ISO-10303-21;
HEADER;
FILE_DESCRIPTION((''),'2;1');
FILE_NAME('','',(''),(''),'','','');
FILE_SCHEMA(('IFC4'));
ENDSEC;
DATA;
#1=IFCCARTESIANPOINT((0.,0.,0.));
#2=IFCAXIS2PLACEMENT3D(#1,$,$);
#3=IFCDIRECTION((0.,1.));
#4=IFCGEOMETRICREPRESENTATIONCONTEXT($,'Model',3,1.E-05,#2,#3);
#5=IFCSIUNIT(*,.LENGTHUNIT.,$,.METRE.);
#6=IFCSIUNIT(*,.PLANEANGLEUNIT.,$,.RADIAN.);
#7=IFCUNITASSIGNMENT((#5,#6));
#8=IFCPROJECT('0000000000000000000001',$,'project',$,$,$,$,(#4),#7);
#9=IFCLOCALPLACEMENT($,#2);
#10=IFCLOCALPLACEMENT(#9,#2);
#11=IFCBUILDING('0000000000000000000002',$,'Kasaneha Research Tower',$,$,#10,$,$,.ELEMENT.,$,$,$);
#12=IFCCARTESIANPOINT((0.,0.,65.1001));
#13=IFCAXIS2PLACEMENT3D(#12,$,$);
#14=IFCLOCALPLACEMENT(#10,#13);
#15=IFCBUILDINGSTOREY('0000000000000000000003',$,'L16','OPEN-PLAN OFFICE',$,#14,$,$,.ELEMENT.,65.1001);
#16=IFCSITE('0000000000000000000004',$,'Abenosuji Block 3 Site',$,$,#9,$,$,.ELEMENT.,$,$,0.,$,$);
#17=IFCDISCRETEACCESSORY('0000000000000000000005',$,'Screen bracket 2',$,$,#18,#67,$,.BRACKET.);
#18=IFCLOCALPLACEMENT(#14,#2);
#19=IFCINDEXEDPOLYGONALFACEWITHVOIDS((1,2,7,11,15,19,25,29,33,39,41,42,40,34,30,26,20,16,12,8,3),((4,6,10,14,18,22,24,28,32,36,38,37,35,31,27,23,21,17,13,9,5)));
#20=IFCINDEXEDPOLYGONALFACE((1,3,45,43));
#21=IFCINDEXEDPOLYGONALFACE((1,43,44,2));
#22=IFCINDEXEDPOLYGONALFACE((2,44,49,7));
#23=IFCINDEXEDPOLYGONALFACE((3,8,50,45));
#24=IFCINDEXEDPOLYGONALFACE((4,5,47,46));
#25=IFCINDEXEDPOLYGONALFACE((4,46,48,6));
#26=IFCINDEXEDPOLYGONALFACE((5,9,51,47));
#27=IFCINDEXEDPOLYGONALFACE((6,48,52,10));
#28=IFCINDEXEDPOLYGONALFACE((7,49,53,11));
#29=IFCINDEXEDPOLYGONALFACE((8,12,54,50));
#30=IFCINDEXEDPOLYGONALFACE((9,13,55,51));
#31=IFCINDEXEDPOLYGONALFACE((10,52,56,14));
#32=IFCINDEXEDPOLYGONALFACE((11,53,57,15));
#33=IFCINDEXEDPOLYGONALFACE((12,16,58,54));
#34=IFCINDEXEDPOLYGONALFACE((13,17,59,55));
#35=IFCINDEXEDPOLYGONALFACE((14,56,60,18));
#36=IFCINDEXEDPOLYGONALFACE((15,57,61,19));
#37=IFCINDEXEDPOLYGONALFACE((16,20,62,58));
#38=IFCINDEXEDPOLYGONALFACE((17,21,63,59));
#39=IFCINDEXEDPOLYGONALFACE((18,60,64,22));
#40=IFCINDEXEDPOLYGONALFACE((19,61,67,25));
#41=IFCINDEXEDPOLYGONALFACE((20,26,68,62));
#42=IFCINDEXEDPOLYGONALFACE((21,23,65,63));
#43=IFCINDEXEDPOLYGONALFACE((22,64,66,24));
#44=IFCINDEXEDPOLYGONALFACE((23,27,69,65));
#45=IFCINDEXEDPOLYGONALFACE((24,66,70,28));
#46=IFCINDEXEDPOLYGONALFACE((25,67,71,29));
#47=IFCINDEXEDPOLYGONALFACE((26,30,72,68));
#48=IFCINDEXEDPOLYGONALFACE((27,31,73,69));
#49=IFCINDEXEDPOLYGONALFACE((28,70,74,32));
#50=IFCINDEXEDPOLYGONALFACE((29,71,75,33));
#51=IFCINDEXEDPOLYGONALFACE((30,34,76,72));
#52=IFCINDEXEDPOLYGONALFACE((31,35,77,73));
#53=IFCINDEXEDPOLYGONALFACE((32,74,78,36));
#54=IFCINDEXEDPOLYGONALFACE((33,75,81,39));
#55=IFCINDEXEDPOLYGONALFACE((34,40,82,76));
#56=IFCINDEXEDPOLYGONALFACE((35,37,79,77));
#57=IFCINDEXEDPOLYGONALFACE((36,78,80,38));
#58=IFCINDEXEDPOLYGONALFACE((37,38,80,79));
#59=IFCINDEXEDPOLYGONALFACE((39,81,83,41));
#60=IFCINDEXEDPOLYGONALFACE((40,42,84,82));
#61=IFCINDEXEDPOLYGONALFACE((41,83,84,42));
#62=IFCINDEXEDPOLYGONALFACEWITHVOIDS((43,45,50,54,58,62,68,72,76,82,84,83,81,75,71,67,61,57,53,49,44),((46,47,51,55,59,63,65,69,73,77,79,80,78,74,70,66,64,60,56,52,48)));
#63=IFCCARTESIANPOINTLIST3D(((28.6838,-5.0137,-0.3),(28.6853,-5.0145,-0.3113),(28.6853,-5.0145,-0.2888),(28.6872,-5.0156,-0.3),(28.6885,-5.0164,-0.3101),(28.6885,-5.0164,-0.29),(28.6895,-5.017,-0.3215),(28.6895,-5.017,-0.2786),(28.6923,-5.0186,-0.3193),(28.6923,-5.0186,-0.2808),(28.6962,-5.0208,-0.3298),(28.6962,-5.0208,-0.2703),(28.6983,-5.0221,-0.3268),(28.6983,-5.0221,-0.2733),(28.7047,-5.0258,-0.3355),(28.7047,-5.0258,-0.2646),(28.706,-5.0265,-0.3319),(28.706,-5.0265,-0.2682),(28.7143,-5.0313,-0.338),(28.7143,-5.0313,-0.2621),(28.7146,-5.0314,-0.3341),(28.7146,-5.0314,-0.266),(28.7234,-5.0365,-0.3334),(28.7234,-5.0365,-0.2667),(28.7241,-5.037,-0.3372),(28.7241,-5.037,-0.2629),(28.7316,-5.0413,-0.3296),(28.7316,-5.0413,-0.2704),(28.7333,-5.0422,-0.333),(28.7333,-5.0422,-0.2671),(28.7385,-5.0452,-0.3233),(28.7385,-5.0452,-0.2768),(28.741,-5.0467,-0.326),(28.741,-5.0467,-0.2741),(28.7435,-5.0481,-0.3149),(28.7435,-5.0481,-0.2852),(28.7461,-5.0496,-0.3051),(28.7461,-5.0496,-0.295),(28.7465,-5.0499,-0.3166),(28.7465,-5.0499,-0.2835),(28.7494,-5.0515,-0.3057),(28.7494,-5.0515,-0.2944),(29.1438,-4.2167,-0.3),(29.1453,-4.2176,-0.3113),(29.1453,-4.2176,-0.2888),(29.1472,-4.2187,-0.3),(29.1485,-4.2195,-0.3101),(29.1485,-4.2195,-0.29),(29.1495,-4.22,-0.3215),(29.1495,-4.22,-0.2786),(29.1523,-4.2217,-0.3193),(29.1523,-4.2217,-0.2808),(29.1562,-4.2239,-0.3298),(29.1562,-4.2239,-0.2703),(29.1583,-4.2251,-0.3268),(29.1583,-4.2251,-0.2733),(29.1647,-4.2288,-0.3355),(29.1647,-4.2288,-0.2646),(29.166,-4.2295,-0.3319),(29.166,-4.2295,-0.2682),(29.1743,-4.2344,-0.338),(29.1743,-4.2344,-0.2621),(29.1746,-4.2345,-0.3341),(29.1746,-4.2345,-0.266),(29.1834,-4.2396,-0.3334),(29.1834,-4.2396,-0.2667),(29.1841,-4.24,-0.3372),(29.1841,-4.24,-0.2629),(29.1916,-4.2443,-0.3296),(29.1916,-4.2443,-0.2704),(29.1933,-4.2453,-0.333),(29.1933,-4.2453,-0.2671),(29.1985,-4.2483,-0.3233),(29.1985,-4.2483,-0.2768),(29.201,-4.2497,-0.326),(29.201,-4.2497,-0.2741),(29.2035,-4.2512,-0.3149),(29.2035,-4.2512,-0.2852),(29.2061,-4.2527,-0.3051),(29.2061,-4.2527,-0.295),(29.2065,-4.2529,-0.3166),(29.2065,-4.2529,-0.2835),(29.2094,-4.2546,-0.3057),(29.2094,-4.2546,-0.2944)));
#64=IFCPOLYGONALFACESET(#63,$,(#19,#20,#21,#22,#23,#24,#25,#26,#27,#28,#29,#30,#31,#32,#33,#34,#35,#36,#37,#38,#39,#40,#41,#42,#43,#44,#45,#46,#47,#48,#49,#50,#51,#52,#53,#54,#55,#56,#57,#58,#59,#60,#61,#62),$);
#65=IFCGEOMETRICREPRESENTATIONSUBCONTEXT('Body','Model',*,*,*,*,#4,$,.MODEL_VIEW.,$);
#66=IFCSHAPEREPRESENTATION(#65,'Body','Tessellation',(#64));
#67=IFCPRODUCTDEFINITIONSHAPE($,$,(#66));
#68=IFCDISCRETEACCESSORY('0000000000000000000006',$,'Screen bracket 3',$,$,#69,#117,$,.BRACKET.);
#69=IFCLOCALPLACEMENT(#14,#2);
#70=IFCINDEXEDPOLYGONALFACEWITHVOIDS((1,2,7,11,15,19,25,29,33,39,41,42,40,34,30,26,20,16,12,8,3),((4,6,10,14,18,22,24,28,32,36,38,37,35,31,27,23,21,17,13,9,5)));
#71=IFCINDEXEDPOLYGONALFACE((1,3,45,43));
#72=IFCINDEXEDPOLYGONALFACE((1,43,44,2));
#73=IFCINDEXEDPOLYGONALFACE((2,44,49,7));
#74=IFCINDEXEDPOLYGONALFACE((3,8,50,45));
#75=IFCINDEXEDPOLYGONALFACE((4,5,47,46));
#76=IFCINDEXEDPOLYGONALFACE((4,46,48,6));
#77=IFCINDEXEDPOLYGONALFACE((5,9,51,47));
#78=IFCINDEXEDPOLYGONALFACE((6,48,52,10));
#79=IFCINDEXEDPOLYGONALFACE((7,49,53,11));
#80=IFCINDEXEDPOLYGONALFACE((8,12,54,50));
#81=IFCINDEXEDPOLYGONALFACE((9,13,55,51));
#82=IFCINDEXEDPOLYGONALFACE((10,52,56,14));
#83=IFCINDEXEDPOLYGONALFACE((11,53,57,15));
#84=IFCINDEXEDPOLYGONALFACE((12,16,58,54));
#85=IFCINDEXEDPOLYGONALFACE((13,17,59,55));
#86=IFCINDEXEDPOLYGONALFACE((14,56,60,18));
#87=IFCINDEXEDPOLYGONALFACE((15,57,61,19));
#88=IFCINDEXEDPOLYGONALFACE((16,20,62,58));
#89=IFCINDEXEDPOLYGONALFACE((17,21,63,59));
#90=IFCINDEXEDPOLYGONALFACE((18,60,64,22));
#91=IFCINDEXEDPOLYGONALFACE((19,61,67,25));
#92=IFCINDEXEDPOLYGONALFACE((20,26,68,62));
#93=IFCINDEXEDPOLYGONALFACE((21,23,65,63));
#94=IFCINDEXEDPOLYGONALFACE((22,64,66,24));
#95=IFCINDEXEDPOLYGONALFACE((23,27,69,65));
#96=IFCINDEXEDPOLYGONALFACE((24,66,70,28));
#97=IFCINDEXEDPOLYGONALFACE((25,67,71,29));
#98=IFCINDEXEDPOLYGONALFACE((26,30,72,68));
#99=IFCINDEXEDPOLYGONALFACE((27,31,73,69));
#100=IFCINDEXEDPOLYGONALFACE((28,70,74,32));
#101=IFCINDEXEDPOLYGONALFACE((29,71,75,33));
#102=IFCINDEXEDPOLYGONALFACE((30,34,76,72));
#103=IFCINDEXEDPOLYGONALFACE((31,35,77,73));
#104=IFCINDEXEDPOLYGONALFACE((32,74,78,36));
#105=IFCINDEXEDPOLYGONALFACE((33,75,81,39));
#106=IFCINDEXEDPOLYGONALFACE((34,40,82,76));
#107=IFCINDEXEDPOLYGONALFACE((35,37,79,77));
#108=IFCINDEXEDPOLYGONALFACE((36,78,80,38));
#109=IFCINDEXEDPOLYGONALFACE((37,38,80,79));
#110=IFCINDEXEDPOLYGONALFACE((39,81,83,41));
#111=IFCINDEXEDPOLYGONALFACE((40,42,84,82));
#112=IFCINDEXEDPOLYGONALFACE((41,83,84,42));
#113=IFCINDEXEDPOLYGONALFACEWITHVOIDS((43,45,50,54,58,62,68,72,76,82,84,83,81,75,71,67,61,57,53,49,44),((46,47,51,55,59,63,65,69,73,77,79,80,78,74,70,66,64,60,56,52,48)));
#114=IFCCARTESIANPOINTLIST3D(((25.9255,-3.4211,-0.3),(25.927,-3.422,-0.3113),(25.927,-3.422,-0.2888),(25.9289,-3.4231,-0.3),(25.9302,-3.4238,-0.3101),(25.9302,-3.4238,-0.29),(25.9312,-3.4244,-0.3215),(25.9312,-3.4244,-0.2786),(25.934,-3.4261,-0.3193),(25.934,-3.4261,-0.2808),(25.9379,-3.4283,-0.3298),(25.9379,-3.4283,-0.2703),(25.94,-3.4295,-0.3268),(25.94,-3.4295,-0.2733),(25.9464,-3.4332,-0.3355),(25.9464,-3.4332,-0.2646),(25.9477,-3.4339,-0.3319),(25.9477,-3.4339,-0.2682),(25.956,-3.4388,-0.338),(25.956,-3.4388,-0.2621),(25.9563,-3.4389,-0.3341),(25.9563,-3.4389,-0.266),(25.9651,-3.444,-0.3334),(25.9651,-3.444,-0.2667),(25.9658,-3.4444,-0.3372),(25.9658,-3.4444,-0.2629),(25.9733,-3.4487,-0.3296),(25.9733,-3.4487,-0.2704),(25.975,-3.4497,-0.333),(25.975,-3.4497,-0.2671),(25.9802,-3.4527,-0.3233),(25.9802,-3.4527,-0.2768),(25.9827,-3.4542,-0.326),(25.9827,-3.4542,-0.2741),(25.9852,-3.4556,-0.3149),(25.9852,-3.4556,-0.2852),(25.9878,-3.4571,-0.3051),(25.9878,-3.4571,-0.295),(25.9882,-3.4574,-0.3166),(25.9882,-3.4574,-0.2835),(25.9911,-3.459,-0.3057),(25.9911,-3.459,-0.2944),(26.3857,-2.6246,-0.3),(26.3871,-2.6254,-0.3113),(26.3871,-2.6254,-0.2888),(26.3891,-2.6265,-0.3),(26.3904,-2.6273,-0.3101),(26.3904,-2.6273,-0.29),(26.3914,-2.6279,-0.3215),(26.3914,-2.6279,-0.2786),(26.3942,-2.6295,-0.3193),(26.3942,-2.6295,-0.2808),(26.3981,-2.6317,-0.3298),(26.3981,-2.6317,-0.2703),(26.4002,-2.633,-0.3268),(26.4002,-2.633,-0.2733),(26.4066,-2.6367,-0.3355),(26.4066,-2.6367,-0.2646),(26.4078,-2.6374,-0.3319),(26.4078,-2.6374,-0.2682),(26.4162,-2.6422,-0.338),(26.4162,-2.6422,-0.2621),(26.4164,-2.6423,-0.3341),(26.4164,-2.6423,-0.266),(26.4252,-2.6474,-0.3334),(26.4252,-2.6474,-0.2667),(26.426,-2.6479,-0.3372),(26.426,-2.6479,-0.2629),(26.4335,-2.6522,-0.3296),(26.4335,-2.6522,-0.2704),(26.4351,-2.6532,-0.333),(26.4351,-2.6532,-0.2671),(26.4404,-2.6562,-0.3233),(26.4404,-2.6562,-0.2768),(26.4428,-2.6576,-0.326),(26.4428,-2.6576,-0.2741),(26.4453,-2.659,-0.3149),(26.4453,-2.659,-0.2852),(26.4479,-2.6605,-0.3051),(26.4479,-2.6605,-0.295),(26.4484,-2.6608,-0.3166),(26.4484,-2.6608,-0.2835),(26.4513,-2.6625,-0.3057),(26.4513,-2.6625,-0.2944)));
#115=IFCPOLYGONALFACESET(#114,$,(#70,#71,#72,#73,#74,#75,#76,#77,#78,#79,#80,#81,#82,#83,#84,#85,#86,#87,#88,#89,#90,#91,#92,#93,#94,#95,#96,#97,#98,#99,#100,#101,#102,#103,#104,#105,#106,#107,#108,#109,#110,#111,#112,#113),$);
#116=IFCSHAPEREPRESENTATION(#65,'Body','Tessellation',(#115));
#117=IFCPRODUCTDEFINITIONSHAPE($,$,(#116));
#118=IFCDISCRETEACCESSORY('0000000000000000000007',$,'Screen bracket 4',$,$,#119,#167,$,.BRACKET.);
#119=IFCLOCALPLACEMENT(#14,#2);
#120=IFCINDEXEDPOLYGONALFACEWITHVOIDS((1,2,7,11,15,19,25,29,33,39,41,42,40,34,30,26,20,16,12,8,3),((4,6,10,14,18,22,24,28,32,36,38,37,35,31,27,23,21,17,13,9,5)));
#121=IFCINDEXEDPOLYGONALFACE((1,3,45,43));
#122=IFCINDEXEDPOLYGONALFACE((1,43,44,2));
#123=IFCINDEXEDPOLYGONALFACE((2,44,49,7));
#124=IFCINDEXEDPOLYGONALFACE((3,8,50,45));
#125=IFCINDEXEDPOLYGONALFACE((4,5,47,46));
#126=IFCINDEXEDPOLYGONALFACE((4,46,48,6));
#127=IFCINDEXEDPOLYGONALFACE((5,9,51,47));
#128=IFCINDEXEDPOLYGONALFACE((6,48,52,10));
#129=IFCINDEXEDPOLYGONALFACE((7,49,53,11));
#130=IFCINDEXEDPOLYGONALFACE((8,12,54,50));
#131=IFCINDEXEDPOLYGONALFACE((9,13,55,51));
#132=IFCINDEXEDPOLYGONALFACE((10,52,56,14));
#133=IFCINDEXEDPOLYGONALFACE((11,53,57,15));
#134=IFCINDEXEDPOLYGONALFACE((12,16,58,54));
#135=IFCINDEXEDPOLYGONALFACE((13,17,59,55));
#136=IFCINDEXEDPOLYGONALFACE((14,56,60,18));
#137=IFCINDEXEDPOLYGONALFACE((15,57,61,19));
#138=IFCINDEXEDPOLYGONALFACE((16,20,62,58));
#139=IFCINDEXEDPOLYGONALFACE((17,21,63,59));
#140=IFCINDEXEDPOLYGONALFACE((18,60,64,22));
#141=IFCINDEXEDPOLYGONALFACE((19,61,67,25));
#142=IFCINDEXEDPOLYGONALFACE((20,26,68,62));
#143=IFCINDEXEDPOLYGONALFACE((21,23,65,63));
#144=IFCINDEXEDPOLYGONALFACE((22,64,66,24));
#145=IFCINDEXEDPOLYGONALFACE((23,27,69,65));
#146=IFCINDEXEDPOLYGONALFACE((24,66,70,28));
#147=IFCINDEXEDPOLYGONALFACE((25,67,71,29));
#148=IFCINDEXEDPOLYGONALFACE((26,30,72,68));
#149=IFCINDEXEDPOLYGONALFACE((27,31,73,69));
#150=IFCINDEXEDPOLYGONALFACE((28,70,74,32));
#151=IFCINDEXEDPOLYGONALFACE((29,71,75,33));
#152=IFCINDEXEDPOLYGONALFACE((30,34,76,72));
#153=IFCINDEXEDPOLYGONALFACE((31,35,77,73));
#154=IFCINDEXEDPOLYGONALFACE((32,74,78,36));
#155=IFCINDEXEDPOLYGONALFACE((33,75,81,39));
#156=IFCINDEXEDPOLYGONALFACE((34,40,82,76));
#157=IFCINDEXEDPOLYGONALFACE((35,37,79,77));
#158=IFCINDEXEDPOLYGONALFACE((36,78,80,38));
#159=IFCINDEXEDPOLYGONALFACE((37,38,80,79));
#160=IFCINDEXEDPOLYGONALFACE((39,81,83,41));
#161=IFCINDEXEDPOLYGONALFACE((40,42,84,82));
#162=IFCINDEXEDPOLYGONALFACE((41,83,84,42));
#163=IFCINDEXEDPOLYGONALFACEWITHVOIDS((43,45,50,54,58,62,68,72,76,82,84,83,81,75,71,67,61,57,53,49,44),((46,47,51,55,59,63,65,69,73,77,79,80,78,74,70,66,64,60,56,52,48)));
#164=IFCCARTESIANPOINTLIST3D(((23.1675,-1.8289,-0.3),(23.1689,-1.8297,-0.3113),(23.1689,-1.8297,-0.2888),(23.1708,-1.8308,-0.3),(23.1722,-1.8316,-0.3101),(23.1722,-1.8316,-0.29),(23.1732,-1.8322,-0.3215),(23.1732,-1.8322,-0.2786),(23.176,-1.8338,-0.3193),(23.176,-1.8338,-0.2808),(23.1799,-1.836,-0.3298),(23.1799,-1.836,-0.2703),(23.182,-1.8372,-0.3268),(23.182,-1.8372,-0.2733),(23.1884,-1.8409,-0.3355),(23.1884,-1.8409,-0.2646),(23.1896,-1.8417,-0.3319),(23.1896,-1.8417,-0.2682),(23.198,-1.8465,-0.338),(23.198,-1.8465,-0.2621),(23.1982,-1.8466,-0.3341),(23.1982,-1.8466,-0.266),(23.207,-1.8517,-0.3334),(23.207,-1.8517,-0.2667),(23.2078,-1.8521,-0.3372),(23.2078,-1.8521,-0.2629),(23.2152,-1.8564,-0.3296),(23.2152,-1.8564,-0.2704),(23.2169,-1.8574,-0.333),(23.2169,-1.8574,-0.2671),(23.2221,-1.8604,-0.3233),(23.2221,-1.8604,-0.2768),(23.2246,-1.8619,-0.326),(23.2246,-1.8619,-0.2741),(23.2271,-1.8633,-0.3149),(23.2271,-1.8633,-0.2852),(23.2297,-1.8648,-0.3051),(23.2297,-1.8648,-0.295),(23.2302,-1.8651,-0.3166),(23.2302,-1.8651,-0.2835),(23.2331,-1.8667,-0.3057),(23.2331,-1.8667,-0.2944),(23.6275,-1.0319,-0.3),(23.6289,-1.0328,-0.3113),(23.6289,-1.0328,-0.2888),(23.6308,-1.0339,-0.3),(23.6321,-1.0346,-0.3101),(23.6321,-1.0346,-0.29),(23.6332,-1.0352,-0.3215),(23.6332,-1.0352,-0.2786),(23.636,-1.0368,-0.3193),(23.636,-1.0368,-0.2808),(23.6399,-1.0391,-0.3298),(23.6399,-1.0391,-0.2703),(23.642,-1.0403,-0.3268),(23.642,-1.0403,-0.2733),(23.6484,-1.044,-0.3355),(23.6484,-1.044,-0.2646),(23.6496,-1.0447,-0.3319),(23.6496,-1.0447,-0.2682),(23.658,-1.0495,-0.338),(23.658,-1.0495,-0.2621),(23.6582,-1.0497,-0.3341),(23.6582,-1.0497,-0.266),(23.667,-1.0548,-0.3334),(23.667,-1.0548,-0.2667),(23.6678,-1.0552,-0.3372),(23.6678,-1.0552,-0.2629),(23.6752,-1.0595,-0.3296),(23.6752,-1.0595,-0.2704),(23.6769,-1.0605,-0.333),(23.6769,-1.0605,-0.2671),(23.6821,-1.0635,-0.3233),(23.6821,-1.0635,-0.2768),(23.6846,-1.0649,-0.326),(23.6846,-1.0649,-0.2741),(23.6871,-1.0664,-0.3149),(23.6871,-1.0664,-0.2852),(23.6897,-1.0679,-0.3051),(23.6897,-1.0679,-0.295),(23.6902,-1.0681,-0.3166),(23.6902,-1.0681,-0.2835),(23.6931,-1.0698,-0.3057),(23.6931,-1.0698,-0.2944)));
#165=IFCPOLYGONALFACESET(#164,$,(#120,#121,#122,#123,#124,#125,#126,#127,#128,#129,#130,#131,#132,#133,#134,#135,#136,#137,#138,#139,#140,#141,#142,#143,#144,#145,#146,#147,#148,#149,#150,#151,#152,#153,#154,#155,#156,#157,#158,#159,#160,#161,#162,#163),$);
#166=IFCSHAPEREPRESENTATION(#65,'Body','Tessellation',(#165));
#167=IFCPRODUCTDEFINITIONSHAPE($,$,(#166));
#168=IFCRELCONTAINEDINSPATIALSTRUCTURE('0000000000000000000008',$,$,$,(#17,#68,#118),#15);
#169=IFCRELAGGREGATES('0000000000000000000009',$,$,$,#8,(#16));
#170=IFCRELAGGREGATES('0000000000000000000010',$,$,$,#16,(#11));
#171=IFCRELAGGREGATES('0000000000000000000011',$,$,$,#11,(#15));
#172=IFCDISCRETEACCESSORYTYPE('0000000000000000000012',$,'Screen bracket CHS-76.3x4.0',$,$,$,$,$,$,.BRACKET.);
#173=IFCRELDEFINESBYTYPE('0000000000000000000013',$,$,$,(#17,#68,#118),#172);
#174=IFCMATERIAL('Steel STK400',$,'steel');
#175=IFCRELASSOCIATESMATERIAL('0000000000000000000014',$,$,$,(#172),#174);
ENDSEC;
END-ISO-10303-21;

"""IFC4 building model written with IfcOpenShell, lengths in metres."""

from ifc_helpers import new_model, si_unit, direction, frame, origin, origin_2d, place, context, subcontext, project, spatial, hollow_circle, extrude, material, material_profile, profile_set, type_object, element, save


model = new_model("IFC4")

# Units and contexts
model_context = context("Model", 3, precision=1e-05, world=origin(), true_north=direction((0.0, 1.0)))
body_context = subcontext(model_context, "Body", "Model", "MODEL_VIEW")
ifc_project = project(units=[si_unit("LENGTHUNIT", "METRE"), si_unit("PLANEANGLEUNIT", "RADIAN")], contexts=[model_context])

# Site, building, storey
site_placement = place(None, origin())
site = spatial("IfcSite", under=ifc_project, at=site_placement, Name="Abenosuji Block 3 Site", CompositionType="ELEMENT", RefElevation=0.0)
building_placement = place(site_placement, origin())
building = spatial("IfcBuilding", under=site, at=building_placement, Name="Kasaneha Research Tower", CompositionType="ELEMENT")
storey_placement = place(building_placement, frame((0.0, 0.0, 65.1001)))
storey = spatial("IfcBuildingStorey", under=building, at=storey_placement, Name="L16", Description="OPEN-PLAN OFFICE", CompositionType="ELEMENT", Elevation=65.1001)

# Discrete accessories
ifc_material_1 = material(Name="Steel STK400", Category="steel")
ifc_material_profile_1 = material_profile(ifc_material_1, hollow_circle(Radius=0.0381, WallThickness=0.0039, at=origin_2d()), Name="CHS-76.3x4.0")
ifc_profile_set_1 = profile_set([ifc_material_profile_1], Name="Steel STK400")
discrete_accessory_type = type_object("IfcDiscreteAccessoryType", Name="Screen bracket CHS-76.3x4.0", PredefinedType="BRACKET", material=ifc_profile_set_1)
discrete_accessory_1_placement = place(storey_placement, frame((28.7168, -5.0327, -0.3), z_axis=(0.499906, 0.86608, 0.0), x_axis=(-0.86608, 0.499906, 0.0)))
element("IfcDiscreteAccessory", 1, at=discrete_accessory_1_placement, inside=storey, type_object=discrete_accessory_type, Name="Screen bracket 2", PredefinedType="BRACKET", context=body_context, shape_type="SweptSolid", body=[
    extrude(hollow_circle(Radius=0.0381, WallThickness=0.0039, at=origin_2d()), origin(), (0.0, 0.0, 1.0), 0.9202),
])
discrete_accessory_2_placement = place(storey_placement, frame((25.9585, -3.4402, -0.3), z_axis=(0.50022, 0.865898, 0.0), x_axis=(-0.865898, 0.50022, 0.0)))
element("IfcDiscreteAccessory", 2, at=discrete_accessory_2_placement, inside=storey, type_object=discrete_accessory_type, Name="Screen bracket 3", PredefinedType="BRACKET", context=body_context, shape_type="SweptSolid", body=[
    extrude(hollow_circle(Radius=0.0381, WallThickness=0.0039, at=origin_2d()), origin(), (0.0, 0.0, 1.0), 0.9199),
])
discrete_accessory_3_placement = place(storey_placement, frame((23.2004, -1.8479, -0.3), z_axis=(0.499906, 0.86608, 0.0), x_axis=(-0.86608, 0.499906, 0.0)))
element("IfcDiscreteAccessory", 3, at=discrete_accessory_3_placement, inside=storey, type_object=discrete_accessory_type, Name="Screen bracket 4", PredefinedType="BRACKET", context=body_context, shape_type="SweptSolid", body=[
    extrude(hollow_circle(Radius=0.0381, WallThickness=0.0039, at=origin_2d()), origin(), (0.0, 0.0, 1.0), 0.9202),
])

save(model, "model.ifc")
